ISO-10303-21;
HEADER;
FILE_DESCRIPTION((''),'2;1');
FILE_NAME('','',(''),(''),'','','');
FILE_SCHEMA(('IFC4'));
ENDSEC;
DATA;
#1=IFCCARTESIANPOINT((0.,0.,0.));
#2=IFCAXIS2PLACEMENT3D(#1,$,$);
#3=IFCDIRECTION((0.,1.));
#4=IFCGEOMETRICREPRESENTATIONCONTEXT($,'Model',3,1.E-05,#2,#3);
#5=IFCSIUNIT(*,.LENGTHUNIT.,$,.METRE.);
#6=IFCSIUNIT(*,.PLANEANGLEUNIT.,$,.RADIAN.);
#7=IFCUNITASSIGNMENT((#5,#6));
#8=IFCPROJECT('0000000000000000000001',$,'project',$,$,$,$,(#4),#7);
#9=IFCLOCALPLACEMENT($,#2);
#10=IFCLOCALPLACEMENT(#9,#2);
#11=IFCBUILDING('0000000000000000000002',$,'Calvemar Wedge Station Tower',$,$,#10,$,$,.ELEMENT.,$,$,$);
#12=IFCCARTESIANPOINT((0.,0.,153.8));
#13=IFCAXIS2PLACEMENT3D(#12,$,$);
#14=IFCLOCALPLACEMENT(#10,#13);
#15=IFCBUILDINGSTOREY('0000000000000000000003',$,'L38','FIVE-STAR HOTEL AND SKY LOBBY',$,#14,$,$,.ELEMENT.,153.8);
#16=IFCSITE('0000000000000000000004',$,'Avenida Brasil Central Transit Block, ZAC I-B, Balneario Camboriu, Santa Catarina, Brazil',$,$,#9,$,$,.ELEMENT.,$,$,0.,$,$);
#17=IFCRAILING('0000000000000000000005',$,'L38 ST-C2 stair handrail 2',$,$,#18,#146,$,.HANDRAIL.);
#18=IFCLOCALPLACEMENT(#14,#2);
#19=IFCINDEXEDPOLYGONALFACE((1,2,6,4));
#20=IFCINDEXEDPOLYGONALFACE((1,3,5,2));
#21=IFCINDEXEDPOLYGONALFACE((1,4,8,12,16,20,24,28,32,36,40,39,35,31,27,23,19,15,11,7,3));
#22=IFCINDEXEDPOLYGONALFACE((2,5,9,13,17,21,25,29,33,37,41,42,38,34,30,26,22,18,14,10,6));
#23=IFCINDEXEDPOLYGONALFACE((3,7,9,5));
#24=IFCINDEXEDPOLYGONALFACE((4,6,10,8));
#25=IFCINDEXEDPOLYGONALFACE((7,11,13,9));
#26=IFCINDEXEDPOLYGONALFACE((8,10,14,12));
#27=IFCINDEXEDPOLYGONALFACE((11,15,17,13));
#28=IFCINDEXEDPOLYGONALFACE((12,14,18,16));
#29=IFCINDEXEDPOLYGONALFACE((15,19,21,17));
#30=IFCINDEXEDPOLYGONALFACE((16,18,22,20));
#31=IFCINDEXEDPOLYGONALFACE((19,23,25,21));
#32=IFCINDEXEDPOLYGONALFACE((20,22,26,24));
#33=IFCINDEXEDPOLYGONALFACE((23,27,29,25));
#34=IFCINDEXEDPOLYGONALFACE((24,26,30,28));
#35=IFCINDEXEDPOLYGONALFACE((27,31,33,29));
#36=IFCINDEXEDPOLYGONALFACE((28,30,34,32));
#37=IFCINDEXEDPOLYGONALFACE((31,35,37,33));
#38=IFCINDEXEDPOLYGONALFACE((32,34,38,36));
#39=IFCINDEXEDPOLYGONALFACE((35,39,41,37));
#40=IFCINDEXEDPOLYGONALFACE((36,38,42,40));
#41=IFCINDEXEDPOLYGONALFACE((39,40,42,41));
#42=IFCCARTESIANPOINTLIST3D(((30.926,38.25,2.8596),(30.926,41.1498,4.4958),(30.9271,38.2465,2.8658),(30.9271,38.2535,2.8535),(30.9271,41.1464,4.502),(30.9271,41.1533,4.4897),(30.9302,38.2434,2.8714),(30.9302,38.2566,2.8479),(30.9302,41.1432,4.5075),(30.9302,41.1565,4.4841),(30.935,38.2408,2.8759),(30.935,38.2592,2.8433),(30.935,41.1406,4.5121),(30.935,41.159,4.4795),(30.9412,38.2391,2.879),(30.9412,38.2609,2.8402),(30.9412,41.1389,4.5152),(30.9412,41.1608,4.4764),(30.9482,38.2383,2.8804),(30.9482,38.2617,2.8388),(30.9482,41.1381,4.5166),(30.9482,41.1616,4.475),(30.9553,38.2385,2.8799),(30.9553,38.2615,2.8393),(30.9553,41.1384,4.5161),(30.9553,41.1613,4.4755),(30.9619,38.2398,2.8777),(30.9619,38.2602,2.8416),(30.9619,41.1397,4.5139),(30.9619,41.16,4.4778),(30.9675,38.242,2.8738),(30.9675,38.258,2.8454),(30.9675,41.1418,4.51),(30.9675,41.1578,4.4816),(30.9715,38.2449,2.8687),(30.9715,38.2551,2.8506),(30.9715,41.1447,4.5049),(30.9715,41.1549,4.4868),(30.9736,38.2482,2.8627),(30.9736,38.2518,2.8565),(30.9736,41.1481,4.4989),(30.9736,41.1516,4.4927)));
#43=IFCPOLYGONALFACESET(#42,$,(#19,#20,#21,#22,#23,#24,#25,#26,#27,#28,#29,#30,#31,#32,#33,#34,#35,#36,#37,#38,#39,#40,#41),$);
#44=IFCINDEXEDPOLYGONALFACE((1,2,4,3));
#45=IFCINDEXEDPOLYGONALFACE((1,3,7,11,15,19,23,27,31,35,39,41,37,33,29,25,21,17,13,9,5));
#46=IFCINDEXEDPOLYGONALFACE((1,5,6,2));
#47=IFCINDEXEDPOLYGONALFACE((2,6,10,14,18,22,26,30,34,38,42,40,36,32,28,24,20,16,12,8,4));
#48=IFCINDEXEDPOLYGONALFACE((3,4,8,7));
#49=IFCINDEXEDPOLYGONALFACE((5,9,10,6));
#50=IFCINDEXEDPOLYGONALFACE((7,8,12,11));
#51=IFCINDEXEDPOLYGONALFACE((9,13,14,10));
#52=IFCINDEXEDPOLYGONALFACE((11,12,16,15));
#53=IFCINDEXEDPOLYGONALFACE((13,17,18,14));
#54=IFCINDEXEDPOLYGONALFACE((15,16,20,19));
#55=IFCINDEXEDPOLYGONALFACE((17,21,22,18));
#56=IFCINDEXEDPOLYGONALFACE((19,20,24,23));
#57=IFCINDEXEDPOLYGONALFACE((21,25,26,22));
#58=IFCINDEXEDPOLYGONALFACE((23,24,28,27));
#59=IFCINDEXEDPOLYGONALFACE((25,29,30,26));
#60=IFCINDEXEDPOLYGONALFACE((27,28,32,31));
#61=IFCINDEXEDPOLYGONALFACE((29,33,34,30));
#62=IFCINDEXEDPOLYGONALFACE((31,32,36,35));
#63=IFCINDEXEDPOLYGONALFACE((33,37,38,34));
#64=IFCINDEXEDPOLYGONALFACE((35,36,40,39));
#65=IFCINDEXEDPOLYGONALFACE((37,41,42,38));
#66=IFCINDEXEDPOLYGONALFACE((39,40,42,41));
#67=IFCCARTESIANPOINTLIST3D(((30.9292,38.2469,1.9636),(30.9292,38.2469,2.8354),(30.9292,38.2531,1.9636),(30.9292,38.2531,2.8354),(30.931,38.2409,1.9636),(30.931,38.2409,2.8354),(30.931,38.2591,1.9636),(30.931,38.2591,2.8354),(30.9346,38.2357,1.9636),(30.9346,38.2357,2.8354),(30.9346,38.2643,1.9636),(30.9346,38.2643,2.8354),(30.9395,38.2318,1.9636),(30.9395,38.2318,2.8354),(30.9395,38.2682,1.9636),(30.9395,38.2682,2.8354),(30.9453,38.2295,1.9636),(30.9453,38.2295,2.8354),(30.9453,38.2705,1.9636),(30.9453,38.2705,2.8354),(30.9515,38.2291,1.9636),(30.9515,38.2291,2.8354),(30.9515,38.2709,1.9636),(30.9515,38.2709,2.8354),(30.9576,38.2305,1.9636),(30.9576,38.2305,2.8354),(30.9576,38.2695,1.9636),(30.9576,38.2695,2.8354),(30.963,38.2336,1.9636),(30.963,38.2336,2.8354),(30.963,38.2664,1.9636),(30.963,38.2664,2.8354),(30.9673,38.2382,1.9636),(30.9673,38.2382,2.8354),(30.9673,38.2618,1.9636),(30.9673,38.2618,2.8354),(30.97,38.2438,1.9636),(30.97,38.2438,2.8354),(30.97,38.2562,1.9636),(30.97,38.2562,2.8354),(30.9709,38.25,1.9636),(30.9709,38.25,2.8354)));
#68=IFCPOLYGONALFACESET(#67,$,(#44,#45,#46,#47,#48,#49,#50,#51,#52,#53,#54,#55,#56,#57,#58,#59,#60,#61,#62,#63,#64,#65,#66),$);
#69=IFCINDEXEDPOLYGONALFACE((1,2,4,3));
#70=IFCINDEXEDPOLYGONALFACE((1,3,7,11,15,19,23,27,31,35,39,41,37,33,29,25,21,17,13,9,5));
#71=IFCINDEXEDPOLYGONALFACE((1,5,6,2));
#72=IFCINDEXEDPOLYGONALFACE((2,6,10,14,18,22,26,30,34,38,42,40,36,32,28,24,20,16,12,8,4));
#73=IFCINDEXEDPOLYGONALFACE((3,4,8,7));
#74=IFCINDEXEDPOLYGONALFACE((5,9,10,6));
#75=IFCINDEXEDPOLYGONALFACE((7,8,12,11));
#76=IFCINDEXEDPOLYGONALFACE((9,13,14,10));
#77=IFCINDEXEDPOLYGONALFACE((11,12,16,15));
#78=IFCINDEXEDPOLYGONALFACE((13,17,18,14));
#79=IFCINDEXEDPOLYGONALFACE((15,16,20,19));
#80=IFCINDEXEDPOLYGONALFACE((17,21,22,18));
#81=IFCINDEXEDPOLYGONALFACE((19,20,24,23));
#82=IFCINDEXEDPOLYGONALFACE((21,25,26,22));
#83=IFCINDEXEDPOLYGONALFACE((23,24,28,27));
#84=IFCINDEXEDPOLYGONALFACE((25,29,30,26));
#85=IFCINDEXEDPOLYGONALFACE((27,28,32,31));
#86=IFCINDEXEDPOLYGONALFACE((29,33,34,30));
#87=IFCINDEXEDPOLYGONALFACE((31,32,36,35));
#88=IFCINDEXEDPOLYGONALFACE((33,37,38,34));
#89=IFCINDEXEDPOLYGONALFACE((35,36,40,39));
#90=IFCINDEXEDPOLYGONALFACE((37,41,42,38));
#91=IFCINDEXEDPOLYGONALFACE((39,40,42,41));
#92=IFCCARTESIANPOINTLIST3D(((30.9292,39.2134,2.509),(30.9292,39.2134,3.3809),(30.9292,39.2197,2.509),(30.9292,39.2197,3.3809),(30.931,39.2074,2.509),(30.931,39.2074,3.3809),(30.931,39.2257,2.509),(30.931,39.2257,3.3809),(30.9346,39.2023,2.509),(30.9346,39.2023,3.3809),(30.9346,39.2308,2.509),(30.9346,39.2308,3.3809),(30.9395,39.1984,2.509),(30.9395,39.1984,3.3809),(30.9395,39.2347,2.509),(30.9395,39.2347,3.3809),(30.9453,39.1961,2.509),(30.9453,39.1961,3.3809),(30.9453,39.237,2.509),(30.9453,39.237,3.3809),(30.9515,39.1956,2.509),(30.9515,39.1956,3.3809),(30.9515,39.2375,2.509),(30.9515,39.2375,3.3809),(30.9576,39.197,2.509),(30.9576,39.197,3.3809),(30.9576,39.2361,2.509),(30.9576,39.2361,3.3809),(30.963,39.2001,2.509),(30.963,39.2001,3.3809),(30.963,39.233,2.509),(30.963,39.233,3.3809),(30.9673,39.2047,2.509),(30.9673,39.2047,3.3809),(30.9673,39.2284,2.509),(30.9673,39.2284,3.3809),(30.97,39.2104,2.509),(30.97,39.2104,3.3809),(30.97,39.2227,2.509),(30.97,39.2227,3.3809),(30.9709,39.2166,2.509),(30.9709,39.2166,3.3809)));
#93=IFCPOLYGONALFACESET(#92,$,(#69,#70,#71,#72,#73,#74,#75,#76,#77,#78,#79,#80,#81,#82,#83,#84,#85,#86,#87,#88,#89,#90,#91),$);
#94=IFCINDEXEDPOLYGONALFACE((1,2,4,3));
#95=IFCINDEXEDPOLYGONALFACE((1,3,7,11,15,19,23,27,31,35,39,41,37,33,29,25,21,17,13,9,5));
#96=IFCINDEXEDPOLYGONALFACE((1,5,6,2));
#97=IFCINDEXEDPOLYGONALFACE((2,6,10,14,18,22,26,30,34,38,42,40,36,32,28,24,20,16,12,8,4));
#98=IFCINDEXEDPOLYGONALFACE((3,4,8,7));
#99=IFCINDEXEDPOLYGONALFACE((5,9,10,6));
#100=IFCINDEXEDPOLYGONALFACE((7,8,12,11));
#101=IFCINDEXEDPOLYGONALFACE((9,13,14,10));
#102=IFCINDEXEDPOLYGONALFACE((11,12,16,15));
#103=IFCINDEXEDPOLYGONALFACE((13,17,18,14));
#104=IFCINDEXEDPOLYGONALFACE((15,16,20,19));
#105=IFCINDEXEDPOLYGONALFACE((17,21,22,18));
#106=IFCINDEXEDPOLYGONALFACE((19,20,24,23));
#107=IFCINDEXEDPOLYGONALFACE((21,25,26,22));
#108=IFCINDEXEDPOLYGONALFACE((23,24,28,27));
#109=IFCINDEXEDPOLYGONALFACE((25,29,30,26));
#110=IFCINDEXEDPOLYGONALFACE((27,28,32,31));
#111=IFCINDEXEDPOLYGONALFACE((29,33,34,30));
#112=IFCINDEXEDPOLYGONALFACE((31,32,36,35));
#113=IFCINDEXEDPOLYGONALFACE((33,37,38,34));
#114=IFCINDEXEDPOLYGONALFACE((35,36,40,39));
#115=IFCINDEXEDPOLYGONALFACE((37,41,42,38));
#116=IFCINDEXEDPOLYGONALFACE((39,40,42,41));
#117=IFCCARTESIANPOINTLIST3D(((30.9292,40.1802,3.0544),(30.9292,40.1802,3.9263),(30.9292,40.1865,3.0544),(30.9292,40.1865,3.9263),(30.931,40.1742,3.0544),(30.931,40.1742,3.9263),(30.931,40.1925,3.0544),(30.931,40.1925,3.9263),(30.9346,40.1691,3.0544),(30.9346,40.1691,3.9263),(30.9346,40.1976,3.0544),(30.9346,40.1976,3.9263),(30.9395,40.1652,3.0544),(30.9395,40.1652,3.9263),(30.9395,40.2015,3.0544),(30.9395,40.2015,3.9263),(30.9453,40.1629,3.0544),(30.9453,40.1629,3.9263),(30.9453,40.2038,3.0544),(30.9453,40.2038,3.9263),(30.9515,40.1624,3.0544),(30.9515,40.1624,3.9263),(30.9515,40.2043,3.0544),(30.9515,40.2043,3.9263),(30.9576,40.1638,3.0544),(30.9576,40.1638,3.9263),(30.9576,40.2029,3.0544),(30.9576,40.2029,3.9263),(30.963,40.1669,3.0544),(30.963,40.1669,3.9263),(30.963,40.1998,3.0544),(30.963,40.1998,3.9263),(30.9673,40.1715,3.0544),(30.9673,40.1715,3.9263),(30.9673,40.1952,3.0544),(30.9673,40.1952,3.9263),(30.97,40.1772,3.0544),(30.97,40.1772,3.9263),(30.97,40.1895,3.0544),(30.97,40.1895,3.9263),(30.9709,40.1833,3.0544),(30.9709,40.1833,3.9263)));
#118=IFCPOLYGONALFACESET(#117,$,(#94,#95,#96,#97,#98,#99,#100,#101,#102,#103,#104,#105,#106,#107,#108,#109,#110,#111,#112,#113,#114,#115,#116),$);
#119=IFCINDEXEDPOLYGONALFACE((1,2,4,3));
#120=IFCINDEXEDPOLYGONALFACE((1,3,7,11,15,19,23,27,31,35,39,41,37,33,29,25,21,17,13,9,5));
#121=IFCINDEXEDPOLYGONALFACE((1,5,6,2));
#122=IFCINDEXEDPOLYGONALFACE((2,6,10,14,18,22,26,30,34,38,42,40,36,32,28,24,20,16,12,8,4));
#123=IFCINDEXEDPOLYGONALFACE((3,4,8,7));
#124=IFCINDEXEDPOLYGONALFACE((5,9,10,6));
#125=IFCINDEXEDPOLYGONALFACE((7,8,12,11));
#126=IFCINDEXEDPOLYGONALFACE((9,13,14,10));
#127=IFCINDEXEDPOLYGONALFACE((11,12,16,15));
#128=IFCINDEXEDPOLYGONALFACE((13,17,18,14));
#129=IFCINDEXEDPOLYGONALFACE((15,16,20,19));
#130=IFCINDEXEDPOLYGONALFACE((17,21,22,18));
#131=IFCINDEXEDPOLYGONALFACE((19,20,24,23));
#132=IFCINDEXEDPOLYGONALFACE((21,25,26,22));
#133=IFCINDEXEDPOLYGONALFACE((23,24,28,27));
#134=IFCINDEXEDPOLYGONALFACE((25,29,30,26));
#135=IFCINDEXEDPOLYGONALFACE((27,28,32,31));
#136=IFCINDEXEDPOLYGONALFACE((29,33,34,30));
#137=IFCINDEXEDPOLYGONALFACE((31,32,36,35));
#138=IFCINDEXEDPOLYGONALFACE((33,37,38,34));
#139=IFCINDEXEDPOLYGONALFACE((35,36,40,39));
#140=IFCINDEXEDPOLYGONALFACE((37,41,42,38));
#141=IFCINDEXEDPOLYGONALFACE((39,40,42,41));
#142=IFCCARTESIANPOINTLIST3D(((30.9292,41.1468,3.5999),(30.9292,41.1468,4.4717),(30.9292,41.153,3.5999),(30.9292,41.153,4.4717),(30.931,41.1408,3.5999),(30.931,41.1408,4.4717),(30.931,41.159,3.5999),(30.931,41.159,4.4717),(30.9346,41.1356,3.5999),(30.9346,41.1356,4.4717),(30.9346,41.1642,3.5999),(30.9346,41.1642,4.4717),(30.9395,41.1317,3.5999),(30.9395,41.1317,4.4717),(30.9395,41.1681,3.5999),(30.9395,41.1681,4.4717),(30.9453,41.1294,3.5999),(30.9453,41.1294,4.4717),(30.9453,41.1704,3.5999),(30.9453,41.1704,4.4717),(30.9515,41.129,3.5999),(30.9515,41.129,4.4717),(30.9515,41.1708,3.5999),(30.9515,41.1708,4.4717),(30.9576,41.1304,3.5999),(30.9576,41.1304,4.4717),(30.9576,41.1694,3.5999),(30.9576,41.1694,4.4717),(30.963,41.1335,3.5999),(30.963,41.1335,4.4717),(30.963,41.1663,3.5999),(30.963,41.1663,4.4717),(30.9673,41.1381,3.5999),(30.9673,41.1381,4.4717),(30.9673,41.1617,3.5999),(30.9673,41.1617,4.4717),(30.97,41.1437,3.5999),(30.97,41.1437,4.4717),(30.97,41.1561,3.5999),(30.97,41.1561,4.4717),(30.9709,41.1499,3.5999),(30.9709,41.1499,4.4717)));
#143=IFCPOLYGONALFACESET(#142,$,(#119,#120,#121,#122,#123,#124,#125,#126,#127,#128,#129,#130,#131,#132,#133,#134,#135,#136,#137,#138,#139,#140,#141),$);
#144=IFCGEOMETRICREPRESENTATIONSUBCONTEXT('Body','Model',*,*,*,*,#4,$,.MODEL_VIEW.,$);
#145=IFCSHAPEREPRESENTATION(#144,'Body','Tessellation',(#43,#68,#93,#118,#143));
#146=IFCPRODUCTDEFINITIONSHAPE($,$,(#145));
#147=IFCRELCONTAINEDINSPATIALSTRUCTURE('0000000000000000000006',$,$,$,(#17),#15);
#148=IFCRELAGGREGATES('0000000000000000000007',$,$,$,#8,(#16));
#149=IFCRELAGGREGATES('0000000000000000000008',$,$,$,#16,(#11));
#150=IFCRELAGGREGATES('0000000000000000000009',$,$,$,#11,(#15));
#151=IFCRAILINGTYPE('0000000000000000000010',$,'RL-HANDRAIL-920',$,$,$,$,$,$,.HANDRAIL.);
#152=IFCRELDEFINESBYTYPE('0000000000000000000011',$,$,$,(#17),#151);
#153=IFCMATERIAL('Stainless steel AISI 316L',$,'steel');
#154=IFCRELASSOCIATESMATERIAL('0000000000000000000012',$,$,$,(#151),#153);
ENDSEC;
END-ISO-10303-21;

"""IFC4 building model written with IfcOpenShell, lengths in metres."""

from ifc_helpers import new_model, si_unit, direction, frame, origin, origin_2d, place, context, subcontext, project, spatial, circle, extrude, material, type_object, element, save


model = new_model("IFC4")

# Units and contexts
model_context = context("Model", 3, precision=1e-05, world=origin(), true_north=direction((0.0, 1.0)))
body_context = subcontext(model_context, "Body", "Model", "MODEL_VIEW")
ifc_project = project(units=[si_unit("LENGTHUNIT", "METRE"), si_unit("PLANEANGLEUNIT", "RADIAN")], contexts=[model_context])

# Site, building, storey
site_placement = place(None, origin())
site = spatial("IfcSite", under=ifc_project, at=site_placement, Name="Avenida Brasil Central Transit Block, ZAC I-B, Balneario Camboriu, Santa Catarina, Brazil", CompositionType="ELEMENT", RefElevation=0.0)
building_placement = place(site_placement, origin())
building = spatial("IfcBuilding", under=site, at=building_placement, Name="Calvemar Wedge Station Tower", CompositionType="ELEMENT")
storey_placement = place(building_placement, frame((0.0, 0.0, 153.8)))
storey = spatial("IfcBuildingStorey", under=building, at=storey_placement, Name="L38", Description="FIVE-STAR HOTEL AND SKY LOBBY", CompositionType="ELEMENT", Elevation=153.8)

# Railing
ifc_material_1 = material(Name="Stainless steel AISI 316L", Category="steel")
railing_type_1 = type_object("IfcRailingType", Name="RL-HANDRAIL-920", PredefinedType="HANDRAIL", material=ifc_material_1)
railing_1_placement = place(storey_placement, frame((30.95, 38.25, 1.9636)))
element("IfcRailing", 1, at=railing_1_placement, inside=storey, type_object=railing_type_1, Name="L38 ST-C2 stair handrail 2", PredefinedType="HANDRAIL", context=body_context, shape_type="SweptSolid", body=[
    extrude(circle(Radius=0.0239, at=origin_2d()), frame((0.0, 0.0, 0.896), z_axis=(0.0, 0.870929, 0.49141), x_axis=(-1.0, 0.0, 0.0)), (0.0, 0.0, 1.0), 3.3296),
    extrude(circle(Radius=0.021, at=origin_2d()), origin(), (0.0, 0.0, 1.0), 0.8718),
    extrude(circle(Radius=0.021, at=origin_2d()), frame((0.0, 0.9666, 0.5454)), (0.0, 0.0, 1.0), 0.8718),
    extrude(circle(Radius=0.021, at=origin_2d()), frame((0.0, 1.9333, 1.0908)), (0.0, 0.0, 1.0), 0.8718),
    extrude(circle(Radius=0.021, at=origin_2d()), frame((0.0, 2.8999, 1.6362)), (0.0, 0.0, 1.0), 0.8718),
])

save(model, "model.ifc")
